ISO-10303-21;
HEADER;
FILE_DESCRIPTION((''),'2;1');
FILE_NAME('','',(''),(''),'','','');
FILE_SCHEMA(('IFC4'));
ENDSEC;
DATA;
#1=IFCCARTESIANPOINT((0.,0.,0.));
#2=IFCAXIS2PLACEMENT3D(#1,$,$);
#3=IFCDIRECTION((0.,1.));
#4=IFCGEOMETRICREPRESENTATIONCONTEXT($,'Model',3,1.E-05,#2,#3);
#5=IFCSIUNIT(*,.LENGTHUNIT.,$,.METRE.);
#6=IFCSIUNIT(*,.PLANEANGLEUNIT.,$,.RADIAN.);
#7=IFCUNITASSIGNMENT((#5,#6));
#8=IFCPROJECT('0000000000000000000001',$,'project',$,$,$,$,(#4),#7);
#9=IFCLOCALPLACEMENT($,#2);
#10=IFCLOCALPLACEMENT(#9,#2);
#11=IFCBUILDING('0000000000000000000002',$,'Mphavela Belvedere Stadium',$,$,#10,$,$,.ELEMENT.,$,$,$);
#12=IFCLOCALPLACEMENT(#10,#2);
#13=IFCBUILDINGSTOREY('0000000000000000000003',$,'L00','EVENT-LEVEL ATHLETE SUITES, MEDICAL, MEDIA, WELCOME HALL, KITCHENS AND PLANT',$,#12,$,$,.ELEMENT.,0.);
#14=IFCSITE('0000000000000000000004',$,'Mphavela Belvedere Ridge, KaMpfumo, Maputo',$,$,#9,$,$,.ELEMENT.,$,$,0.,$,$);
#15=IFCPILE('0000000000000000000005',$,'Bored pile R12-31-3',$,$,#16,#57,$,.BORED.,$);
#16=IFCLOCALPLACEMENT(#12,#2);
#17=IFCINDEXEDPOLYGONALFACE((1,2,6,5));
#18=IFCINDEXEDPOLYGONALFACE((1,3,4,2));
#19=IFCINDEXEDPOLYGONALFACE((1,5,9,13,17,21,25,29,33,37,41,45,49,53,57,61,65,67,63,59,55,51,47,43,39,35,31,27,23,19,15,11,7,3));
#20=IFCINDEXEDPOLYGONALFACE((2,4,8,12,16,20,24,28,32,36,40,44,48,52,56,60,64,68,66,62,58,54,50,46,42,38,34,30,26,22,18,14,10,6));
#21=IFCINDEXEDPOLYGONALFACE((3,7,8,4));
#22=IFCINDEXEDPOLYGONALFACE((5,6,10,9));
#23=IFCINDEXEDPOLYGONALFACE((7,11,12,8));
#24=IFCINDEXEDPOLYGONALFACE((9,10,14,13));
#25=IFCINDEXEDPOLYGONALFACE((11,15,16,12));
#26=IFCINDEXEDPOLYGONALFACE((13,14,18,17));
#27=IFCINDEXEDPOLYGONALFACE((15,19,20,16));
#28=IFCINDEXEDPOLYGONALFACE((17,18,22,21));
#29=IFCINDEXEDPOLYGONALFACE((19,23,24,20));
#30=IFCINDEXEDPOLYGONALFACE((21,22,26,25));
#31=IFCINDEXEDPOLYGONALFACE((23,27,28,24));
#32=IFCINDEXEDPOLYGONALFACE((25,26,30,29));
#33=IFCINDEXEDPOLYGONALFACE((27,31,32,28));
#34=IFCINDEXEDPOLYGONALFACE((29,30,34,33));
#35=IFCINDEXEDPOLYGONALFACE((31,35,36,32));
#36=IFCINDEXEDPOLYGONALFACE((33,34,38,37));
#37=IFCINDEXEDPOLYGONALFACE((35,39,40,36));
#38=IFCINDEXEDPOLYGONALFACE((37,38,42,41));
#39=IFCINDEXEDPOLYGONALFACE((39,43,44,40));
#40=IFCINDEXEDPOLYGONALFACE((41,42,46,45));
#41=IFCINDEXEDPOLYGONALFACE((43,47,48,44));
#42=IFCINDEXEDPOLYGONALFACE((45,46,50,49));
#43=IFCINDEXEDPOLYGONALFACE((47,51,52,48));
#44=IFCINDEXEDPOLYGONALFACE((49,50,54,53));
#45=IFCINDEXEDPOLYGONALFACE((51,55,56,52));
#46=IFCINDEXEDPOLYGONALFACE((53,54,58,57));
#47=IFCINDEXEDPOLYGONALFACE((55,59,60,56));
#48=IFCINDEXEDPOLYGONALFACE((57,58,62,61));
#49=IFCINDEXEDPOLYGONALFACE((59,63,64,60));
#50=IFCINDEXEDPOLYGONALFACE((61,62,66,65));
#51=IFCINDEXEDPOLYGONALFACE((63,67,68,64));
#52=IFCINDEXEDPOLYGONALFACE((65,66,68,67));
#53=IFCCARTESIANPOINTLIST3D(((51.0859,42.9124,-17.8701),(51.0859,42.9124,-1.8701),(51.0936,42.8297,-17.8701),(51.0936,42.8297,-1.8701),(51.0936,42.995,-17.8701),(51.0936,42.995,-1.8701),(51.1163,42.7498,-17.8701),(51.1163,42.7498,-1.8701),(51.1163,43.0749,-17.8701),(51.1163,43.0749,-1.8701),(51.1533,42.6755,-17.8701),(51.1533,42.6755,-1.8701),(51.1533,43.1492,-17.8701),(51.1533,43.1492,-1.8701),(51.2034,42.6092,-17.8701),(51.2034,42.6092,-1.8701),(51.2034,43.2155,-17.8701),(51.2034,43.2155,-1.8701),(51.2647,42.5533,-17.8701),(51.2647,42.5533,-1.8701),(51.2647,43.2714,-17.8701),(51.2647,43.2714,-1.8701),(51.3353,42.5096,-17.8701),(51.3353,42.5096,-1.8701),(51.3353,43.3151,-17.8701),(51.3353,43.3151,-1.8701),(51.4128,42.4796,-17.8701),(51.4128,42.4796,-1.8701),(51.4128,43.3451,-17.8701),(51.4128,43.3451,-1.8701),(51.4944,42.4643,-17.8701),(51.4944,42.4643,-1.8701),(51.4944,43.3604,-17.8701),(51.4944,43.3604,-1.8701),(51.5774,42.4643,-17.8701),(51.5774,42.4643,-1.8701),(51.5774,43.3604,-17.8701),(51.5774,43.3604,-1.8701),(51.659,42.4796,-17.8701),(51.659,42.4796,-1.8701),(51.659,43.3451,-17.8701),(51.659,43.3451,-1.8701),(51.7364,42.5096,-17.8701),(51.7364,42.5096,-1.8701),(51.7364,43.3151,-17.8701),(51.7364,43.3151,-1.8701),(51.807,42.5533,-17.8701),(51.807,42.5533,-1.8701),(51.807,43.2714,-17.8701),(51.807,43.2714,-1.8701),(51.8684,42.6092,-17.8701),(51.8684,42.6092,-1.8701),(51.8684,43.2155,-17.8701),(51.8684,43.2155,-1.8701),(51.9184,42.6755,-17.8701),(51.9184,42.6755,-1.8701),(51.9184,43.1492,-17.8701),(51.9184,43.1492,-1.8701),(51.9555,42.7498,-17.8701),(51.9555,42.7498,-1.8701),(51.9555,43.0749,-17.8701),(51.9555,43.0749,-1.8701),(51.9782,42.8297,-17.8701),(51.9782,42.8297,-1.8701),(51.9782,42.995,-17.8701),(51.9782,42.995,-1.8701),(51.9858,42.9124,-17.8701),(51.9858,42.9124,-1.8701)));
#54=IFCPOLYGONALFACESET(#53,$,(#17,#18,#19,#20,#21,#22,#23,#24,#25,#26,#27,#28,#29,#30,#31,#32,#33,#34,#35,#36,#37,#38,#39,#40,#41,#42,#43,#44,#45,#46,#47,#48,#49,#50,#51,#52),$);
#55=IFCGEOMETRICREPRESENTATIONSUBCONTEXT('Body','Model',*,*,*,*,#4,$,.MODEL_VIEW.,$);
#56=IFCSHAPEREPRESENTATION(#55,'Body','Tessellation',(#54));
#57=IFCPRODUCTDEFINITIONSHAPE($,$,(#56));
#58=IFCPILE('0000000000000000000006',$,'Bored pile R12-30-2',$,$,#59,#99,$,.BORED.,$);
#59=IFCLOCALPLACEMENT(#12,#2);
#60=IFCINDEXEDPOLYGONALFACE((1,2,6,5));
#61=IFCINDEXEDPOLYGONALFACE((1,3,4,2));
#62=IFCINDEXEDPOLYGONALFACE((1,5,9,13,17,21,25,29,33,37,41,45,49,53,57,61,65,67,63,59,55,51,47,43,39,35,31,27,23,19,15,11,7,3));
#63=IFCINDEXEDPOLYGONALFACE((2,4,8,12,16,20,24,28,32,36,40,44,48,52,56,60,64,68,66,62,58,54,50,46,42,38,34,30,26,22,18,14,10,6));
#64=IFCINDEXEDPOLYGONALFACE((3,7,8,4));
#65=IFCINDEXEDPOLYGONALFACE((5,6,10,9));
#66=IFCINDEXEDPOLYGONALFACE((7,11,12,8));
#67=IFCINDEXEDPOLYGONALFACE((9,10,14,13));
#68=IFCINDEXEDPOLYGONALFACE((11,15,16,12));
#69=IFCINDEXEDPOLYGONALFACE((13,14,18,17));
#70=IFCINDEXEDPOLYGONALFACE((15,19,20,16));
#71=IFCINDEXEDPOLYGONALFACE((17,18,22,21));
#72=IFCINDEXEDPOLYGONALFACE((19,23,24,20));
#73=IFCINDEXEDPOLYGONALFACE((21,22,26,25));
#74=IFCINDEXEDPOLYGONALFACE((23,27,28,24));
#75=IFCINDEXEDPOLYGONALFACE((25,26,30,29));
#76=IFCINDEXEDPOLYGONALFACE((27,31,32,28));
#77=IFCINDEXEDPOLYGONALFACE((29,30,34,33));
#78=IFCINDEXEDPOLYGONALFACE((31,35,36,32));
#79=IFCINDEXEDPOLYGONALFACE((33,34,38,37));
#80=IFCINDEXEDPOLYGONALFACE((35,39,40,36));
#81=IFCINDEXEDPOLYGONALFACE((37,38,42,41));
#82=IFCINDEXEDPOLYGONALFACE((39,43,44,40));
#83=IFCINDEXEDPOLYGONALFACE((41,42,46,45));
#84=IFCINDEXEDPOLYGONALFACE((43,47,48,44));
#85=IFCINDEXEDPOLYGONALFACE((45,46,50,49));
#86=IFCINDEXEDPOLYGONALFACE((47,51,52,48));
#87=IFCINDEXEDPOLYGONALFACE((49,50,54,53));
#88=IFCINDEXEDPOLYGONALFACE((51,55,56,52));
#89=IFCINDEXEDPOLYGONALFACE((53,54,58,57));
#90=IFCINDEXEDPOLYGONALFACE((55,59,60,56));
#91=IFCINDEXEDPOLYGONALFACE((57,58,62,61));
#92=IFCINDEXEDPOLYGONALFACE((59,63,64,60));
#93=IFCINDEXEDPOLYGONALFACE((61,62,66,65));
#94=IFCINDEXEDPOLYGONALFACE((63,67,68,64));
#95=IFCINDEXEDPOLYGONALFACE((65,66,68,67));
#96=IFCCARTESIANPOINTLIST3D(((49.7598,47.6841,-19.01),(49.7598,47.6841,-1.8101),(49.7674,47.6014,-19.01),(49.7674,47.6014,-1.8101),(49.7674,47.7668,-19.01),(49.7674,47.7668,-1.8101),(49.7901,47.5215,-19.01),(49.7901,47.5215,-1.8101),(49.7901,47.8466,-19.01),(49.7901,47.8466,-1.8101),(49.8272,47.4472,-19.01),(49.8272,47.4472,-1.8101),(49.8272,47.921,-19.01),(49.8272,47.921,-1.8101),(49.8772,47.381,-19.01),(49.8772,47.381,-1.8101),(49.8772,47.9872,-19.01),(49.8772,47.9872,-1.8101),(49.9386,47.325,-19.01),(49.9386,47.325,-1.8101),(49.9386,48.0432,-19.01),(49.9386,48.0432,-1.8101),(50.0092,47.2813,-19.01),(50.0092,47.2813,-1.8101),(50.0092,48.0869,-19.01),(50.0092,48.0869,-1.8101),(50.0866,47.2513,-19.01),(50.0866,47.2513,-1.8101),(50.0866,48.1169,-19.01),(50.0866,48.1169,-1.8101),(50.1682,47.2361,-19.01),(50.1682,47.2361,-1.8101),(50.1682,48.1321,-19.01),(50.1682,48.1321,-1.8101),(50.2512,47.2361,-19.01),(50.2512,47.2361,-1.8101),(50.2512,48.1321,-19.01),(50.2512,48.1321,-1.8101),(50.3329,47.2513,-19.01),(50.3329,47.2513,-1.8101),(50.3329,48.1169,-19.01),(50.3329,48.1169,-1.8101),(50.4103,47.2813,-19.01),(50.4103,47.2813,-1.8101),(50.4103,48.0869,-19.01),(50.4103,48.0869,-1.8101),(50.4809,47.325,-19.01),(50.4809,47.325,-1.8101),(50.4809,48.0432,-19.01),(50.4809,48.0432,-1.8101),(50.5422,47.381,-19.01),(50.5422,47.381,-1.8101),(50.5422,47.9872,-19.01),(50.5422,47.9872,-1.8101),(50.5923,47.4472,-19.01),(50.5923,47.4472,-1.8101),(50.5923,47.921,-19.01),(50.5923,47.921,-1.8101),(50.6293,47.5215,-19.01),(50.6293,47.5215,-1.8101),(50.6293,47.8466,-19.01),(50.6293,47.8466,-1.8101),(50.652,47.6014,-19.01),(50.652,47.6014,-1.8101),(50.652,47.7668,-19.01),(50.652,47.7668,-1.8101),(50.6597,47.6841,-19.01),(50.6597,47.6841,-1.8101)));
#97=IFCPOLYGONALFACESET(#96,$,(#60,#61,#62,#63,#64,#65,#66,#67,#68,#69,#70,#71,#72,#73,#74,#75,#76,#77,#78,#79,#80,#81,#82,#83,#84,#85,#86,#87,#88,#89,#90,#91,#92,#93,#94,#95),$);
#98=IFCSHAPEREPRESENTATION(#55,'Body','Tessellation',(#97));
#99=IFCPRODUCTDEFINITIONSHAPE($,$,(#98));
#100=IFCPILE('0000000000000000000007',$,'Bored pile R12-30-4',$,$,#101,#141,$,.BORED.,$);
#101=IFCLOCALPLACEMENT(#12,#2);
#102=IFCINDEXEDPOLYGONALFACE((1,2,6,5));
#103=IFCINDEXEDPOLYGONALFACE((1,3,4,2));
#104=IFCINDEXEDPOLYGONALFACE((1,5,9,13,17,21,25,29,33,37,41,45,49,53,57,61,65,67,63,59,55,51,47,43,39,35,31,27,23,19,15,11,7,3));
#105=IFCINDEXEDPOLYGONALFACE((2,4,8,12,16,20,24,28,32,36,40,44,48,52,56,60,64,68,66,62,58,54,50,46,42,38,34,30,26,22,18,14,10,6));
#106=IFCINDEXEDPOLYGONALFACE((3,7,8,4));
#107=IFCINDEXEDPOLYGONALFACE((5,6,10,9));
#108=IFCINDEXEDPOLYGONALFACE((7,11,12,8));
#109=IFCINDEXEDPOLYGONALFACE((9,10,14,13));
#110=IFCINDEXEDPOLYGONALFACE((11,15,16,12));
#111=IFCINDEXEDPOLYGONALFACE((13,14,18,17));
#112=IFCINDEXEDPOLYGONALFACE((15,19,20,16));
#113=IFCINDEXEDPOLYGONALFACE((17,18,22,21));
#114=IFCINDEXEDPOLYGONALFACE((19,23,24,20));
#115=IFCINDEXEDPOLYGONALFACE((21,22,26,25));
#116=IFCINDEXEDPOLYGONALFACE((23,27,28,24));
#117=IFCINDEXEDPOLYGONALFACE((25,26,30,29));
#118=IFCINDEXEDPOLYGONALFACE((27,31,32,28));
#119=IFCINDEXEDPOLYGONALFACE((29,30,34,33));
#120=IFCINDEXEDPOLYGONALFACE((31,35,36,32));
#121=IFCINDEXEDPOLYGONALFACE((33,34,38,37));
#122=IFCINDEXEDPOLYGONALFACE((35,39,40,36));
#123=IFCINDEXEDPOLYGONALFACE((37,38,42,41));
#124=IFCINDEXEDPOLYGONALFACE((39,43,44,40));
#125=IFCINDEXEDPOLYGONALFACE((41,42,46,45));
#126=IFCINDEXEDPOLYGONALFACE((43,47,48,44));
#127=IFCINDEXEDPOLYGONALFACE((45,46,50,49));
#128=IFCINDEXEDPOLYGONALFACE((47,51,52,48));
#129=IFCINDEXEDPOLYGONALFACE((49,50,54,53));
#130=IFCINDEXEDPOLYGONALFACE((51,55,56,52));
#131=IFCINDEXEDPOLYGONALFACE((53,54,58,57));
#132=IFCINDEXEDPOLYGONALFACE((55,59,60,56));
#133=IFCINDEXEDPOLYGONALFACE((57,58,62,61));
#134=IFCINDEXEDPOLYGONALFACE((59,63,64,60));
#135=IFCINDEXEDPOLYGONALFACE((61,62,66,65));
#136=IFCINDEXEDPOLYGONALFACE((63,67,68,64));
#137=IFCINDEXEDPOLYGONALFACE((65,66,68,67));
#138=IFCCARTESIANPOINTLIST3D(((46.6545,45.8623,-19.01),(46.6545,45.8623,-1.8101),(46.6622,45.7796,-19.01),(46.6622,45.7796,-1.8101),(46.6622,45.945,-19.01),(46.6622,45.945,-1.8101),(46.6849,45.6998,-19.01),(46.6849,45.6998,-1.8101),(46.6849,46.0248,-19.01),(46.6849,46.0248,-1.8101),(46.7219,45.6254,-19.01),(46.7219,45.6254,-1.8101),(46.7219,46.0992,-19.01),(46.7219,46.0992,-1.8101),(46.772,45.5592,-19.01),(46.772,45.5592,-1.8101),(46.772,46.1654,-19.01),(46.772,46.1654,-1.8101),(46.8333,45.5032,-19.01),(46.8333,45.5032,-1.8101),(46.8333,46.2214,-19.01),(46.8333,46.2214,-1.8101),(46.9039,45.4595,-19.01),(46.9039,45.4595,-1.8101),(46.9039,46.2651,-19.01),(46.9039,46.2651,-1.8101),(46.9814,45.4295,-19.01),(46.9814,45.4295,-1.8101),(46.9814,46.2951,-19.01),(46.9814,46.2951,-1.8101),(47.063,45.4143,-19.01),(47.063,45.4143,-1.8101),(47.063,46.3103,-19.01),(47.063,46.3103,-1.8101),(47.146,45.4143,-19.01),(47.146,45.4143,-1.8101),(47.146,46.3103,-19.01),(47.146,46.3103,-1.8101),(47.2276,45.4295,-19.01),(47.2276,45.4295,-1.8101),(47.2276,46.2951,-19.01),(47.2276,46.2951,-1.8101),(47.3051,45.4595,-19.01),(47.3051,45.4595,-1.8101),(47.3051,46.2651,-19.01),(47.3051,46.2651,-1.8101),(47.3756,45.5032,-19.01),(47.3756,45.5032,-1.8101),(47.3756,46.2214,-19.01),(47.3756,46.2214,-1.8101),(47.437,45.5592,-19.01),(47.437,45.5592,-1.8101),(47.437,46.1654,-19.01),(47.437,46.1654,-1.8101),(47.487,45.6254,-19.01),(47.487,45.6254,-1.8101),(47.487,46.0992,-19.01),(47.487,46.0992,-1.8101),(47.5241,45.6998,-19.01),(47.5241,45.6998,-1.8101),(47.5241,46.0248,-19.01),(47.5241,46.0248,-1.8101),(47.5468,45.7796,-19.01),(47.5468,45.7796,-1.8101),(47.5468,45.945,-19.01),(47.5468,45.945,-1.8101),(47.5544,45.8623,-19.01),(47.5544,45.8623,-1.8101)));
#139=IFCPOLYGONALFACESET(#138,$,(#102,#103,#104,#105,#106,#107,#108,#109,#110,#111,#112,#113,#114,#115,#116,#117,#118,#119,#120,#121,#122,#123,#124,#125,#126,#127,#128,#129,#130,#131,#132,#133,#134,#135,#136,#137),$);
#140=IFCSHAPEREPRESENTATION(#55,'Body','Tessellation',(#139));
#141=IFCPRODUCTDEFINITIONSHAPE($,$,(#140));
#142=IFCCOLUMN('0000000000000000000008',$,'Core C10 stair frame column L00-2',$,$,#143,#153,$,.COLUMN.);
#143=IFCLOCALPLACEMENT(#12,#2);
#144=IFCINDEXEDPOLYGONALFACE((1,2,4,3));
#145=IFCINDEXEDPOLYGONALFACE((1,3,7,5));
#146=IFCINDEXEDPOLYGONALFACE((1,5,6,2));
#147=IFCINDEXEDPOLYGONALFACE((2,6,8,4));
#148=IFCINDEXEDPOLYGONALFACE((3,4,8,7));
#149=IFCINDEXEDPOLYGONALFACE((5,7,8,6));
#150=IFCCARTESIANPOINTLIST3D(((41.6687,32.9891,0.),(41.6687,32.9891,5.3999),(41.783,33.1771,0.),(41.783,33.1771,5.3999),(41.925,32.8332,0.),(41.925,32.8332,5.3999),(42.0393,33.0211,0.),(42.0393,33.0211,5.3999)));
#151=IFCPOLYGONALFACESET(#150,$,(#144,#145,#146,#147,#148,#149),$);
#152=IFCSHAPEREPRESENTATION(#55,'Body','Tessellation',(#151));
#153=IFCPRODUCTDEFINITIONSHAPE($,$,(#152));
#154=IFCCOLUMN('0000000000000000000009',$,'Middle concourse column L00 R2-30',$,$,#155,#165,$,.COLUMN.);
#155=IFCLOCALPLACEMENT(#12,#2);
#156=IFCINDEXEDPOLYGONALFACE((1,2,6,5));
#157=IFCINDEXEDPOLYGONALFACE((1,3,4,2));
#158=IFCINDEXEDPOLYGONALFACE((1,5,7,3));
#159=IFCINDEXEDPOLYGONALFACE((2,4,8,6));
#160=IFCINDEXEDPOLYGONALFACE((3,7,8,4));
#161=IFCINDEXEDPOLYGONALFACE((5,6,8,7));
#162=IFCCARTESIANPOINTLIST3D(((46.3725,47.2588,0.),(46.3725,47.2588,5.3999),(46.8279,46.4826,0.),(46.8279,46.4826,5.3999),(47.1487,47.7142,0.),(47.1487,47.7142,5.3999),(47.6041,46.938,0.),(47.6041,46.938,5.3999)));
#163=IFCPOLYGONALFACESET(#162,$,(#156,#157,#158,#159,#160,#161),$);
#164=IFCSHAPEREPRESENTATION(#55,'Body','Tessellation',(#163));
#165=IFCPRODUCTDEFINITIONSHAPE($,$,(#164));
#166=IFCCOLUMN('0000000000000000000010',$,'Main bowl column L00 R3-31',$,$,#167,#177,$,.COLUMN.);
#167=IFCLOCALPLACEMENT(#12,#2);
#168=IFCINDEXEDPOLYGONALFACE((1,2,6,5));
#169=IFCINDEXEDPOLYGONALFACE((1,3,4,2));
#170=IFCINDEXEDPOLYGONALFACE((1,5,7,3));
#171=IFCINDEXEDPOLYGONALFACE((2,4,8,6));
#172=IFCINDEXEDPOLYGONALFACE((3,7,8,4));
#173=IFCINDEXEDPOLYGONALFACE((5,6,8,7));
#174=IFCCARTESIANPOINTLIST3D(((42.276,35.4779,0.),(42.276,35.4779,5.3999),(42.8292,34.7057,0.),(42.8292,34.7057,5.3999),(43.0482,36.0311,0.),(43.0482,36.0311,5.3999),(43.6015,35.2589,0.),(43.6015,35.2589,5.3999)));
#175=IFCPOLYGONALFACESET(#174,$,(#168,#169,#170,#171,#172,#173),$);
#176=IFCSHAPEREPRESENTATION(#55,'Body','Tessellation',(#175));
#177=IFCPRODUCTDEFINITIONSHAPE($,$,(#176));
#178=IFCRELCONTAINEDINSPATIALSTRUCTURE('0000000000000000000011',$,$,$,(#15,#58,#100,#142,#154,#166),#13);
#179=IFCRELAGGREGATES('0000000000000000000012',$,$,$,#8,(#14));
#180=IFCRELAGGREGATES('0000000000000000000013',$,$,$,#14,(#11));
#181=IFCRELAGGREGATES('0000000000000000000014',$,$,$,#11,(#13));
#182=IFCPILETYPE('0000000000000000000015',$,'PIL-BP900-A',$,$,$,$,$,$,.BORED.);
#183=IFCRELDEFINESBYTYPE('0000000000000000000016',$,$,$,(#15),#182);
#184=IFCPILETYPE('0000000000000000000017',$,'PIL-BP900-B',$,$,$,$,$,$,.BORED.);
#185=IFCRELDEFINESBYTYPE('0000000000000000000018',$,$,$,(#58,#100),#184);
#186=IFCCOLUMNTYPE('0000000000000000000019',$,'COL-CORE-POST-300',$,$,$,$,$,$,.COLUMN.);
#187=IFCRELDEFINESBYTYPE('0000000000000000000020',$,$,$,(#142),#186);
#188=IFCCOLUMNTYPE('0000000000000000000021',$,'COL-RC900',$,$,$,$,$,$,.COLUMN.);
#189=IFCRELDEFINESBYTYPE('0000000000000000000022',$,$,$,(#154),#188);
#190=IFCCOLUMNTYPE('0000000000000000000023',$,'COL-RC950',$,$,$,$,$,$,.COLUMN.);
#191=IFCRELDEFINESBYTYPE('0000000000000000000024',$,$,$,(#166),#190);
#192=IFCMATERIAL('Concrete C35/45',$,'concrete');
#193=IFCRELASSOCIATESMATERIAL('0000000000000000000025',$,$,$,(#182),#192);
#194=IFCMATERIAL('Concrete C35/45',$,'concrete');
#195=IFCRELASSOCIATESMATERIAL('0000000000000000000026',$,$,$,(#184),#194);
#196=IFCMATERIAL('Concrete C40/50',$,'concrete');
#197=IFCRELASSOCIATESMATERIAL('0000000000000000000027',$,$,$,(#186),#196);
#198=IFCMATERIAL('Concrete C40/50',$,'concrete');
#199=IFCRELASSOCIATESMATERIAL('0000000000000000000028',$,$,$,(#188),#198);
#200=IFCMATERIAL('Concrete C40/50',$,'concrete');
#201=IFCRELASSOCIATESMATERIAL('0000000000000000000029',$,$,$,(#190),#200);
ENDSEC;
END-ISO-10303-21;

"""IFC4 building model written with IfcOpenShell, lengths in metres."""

from ifc_helpers import new_model, si_unit, direction, frame, origin, origin_2d, place, context, subcontext, project, spatial, rectangle, circle, extrude, material, material_profile, profile_set, type_object, element, save


model = new_model("IFC4")

# Units and contexts
model_context = context("Model", 3, precision=1e-05, world=origin(), true_north=direction((0.0, 1.0)))
body_context = subcontext(model_context, "Body", "Model", "MODEL_VIEW")
ifc_project = project(units=[si_unit("LENGTHUNIT", "METRE"), si_unit("PLANEANGLEUNIT", "RADIAN")], contexts=[model_context])

# Site, building, storey
site_placement = place(None, origin())
site = spatial("IfcSite", under=ifc_project, at=site_placement, Name="Mphavela Belvedere Ridge, KaMpfumo, Maputo", CompositionType="ELEMENT", RefElevation=0.0)
building_placement = place(site_placement, origin())
building = spatial("IfcBuilding", under=site, at=building_placement, Name="Mphavela Belvedere Stadium", CompositionType="ELEMENT")
storey_placement = place(building_placement, origin())
storey = spatial("IfcBuildingStorey", under=building, at=storey_placement, Name="L00", Description="EVENT-LEVEL ATHLETE SUITES, MEDICAL, MEDIA, WELCOME HALL, KITCHENS AND PLANT", CompositionType="ELEMENT", Elevation=0.0)

# Piles
ifc_material_1 = material(Name="Concrete C35/45", Category="concrete")
ifc_material_profile_1 = material_profile(ifc_material_1, circle(Radius=0.45, at=origin_2d()), Name="BP D900")
ifc_profile_set_1 = profile_set([ifc_material_profile_1], Name="Concrete C35/45")
pile_type_1 = type_object("IfcPileType", Name="PIL-BP900-A", PredefinedType="BORED", material=ifc_profile_set_1)
pile_placement = place(storey_placement, frame((51.5359, 42.9124, -1.8701), z_axis=(0.0, 0.0, -1.0), x_axis=(1.0, 0.0, 0.0)))
element("IfcPile", 1, at=pile_placement, inside=storey, type_object=pile_type_1, Name="Bored pile R12-31-3", PredefinedType="BORED", context=body_context, shape_type="SweptSolid", body=[
    extrude(circle(Radius=0.45, at=origin_2d()), origin(), (0.0, 0.0, 1.0), 16.0),
])
ifc_material_2 = material(Name="Concrete C35/45", Category="concrete")
ifc_material_profile_2 = material_profile(ifc_material_2, circle(Radius=0.45, at=origin_2d()), Name="BP D900")
ifc_profile_set_2 = profile_set([ifc_material_profile_2], Name="Concrete C35/45")
pile_type_2 = type_object("IfcPileType", Name="PIL-BP900-B", PredefinedType="BORED", material=ifc_profile_set_2)
for number, where, z_axis, x_axis, name in (
    (2, (50.2097, 47.6841, -1.8101), (0.0, 0.0, -1.0), (1.0, 0.0, 0.0), "Bored pile R12-30-2"),
    (3, (47.1045, 45.8623, -1.8101), (0.0, 0.0, -1.0), (1.0, 0.0, 0.0), "Bored pile R12-30-4"),
):
    element("IfcPile", number, at=place(storey_placement, frame(where, z_axis=z_axis, x_axis=x_axis)), inside=storey, type_object=pile_type_2, Name=name, PredefinedType="BORED", context=body_context, shape_type="SweptSolid", body=[
        extrude(circle(Radius=0.45, at=origin_2d()), origin(), (0.0, 0.0, 1.0), 17.2),
    ])

# Columns
ifc_material_3 = material(Name="Concrete C40/50", Category="concrete")
ifc_material_profile_3 = material_profile(ifc_material_3, rectangle(XDim=0.3, YDim=0.22, at=origin_2d()), Name="RC 300x220")
ifc_profile_set_3 = profile_set([ifc_material_profile_3], Name="Concrete C40/50")
column_type_1 = type_object("IfcColumnType", Name="COL-CORE-POST-300", PredefinedType="COLUMN", material=ifc_profile_set_3)
column_1_placement = place(storey_placement, frame((41.854, 33.0051, 0.0), z_axis=(0.0, 0.0, 1.0), x_axis=(-0.854368, 0.519668, 0.0)))
element("IfcColumn", 4, at=column_1_placement, inside=storey, type_object=column_type_1, Name="Core C10 stair frame column L00-2", PredefinedType="COLUMN", context=body_context, shape_type="SweptSolid", body=[
    extrude(rectangle(XDim=0.3, YDim=0.22, at=origin_2d()), origin(), (0.0, 0.0, 1.0), 5.3999),
])
ifc_material_4 = material(Name="Concrete C40/50", Category="concrete")
ifc_material_profile_4 = material_profile(ifc_material_4, rectangle(XDim=0.8999, YDim=0.8999, at=origin_2d()), Name="RC 900x900")
ifc_profile_set_4 = profile_set([ifc_material_profile_4], Name="Concrete C40/50")
column_type_2 = type_object("IfcColumnType", Name="COL-RC900", PredefinedType="COLUMN", material=ifc_profile_set_4)
column_2_placement = place(storey_placement, frame((46.9883, 47.0984, 0.0), z_axis=(0.0, 0.0, 1.0), x_axis=(-0.862514, -0.506034, 0.0)))
element("IfcColumn", 5, at=column_2_placement, inside=storey, type_object=column_type_2, Name="Middle concourse column L00 R2-30", PredefinedType="COLUMN", context=body_context, shape_type="SweptSolid", body=[
    extrude(rectangle(XDim=0.8999, YDim=0.8999, at=origin_2d()), origin(), (0.0, 0.0, 1.0), 5.3999),
])
ifc_material_5 = material(Name="Concrete C40/50", Category="concrete")
ifc_material_profile_5 = material_profile(ifc_material_5, rectangle(XDim=0.95, YDim=0.95, at=origin_2d()), Name="RC 950x950")
ifc_profile_set_5 = profile_set([ifc_material_profile_5], Name="Concrete C40/50")
column_type_3 = type_object("IfcColumnType", Name="COL-RC950", PredefinedType="COLUMN", material=ifc_profile_set_5)
column_3_placement = place(storey_placement, frame((42.9387, 35.3684, 0.0), z_axis=(0.0, 0.0, 1.0), x_axis=(-0.812898, -0.582407, 0.0)))
element("IfcColumn", 6, at=column_3_placement, inside=storey, type_object=column_type_3, Name="Main bowl column L00 R3-31", PredefinedType="COLUMN", context=body_context, shape_type="SweptSolid", body=[
    extrude(rectangle(XDim=0.95, YDim=0.95, at=origin_2d()), origin(), (0.0, 0.0, 1.0), 5.3999),
])

save(model, "model.ifc")
